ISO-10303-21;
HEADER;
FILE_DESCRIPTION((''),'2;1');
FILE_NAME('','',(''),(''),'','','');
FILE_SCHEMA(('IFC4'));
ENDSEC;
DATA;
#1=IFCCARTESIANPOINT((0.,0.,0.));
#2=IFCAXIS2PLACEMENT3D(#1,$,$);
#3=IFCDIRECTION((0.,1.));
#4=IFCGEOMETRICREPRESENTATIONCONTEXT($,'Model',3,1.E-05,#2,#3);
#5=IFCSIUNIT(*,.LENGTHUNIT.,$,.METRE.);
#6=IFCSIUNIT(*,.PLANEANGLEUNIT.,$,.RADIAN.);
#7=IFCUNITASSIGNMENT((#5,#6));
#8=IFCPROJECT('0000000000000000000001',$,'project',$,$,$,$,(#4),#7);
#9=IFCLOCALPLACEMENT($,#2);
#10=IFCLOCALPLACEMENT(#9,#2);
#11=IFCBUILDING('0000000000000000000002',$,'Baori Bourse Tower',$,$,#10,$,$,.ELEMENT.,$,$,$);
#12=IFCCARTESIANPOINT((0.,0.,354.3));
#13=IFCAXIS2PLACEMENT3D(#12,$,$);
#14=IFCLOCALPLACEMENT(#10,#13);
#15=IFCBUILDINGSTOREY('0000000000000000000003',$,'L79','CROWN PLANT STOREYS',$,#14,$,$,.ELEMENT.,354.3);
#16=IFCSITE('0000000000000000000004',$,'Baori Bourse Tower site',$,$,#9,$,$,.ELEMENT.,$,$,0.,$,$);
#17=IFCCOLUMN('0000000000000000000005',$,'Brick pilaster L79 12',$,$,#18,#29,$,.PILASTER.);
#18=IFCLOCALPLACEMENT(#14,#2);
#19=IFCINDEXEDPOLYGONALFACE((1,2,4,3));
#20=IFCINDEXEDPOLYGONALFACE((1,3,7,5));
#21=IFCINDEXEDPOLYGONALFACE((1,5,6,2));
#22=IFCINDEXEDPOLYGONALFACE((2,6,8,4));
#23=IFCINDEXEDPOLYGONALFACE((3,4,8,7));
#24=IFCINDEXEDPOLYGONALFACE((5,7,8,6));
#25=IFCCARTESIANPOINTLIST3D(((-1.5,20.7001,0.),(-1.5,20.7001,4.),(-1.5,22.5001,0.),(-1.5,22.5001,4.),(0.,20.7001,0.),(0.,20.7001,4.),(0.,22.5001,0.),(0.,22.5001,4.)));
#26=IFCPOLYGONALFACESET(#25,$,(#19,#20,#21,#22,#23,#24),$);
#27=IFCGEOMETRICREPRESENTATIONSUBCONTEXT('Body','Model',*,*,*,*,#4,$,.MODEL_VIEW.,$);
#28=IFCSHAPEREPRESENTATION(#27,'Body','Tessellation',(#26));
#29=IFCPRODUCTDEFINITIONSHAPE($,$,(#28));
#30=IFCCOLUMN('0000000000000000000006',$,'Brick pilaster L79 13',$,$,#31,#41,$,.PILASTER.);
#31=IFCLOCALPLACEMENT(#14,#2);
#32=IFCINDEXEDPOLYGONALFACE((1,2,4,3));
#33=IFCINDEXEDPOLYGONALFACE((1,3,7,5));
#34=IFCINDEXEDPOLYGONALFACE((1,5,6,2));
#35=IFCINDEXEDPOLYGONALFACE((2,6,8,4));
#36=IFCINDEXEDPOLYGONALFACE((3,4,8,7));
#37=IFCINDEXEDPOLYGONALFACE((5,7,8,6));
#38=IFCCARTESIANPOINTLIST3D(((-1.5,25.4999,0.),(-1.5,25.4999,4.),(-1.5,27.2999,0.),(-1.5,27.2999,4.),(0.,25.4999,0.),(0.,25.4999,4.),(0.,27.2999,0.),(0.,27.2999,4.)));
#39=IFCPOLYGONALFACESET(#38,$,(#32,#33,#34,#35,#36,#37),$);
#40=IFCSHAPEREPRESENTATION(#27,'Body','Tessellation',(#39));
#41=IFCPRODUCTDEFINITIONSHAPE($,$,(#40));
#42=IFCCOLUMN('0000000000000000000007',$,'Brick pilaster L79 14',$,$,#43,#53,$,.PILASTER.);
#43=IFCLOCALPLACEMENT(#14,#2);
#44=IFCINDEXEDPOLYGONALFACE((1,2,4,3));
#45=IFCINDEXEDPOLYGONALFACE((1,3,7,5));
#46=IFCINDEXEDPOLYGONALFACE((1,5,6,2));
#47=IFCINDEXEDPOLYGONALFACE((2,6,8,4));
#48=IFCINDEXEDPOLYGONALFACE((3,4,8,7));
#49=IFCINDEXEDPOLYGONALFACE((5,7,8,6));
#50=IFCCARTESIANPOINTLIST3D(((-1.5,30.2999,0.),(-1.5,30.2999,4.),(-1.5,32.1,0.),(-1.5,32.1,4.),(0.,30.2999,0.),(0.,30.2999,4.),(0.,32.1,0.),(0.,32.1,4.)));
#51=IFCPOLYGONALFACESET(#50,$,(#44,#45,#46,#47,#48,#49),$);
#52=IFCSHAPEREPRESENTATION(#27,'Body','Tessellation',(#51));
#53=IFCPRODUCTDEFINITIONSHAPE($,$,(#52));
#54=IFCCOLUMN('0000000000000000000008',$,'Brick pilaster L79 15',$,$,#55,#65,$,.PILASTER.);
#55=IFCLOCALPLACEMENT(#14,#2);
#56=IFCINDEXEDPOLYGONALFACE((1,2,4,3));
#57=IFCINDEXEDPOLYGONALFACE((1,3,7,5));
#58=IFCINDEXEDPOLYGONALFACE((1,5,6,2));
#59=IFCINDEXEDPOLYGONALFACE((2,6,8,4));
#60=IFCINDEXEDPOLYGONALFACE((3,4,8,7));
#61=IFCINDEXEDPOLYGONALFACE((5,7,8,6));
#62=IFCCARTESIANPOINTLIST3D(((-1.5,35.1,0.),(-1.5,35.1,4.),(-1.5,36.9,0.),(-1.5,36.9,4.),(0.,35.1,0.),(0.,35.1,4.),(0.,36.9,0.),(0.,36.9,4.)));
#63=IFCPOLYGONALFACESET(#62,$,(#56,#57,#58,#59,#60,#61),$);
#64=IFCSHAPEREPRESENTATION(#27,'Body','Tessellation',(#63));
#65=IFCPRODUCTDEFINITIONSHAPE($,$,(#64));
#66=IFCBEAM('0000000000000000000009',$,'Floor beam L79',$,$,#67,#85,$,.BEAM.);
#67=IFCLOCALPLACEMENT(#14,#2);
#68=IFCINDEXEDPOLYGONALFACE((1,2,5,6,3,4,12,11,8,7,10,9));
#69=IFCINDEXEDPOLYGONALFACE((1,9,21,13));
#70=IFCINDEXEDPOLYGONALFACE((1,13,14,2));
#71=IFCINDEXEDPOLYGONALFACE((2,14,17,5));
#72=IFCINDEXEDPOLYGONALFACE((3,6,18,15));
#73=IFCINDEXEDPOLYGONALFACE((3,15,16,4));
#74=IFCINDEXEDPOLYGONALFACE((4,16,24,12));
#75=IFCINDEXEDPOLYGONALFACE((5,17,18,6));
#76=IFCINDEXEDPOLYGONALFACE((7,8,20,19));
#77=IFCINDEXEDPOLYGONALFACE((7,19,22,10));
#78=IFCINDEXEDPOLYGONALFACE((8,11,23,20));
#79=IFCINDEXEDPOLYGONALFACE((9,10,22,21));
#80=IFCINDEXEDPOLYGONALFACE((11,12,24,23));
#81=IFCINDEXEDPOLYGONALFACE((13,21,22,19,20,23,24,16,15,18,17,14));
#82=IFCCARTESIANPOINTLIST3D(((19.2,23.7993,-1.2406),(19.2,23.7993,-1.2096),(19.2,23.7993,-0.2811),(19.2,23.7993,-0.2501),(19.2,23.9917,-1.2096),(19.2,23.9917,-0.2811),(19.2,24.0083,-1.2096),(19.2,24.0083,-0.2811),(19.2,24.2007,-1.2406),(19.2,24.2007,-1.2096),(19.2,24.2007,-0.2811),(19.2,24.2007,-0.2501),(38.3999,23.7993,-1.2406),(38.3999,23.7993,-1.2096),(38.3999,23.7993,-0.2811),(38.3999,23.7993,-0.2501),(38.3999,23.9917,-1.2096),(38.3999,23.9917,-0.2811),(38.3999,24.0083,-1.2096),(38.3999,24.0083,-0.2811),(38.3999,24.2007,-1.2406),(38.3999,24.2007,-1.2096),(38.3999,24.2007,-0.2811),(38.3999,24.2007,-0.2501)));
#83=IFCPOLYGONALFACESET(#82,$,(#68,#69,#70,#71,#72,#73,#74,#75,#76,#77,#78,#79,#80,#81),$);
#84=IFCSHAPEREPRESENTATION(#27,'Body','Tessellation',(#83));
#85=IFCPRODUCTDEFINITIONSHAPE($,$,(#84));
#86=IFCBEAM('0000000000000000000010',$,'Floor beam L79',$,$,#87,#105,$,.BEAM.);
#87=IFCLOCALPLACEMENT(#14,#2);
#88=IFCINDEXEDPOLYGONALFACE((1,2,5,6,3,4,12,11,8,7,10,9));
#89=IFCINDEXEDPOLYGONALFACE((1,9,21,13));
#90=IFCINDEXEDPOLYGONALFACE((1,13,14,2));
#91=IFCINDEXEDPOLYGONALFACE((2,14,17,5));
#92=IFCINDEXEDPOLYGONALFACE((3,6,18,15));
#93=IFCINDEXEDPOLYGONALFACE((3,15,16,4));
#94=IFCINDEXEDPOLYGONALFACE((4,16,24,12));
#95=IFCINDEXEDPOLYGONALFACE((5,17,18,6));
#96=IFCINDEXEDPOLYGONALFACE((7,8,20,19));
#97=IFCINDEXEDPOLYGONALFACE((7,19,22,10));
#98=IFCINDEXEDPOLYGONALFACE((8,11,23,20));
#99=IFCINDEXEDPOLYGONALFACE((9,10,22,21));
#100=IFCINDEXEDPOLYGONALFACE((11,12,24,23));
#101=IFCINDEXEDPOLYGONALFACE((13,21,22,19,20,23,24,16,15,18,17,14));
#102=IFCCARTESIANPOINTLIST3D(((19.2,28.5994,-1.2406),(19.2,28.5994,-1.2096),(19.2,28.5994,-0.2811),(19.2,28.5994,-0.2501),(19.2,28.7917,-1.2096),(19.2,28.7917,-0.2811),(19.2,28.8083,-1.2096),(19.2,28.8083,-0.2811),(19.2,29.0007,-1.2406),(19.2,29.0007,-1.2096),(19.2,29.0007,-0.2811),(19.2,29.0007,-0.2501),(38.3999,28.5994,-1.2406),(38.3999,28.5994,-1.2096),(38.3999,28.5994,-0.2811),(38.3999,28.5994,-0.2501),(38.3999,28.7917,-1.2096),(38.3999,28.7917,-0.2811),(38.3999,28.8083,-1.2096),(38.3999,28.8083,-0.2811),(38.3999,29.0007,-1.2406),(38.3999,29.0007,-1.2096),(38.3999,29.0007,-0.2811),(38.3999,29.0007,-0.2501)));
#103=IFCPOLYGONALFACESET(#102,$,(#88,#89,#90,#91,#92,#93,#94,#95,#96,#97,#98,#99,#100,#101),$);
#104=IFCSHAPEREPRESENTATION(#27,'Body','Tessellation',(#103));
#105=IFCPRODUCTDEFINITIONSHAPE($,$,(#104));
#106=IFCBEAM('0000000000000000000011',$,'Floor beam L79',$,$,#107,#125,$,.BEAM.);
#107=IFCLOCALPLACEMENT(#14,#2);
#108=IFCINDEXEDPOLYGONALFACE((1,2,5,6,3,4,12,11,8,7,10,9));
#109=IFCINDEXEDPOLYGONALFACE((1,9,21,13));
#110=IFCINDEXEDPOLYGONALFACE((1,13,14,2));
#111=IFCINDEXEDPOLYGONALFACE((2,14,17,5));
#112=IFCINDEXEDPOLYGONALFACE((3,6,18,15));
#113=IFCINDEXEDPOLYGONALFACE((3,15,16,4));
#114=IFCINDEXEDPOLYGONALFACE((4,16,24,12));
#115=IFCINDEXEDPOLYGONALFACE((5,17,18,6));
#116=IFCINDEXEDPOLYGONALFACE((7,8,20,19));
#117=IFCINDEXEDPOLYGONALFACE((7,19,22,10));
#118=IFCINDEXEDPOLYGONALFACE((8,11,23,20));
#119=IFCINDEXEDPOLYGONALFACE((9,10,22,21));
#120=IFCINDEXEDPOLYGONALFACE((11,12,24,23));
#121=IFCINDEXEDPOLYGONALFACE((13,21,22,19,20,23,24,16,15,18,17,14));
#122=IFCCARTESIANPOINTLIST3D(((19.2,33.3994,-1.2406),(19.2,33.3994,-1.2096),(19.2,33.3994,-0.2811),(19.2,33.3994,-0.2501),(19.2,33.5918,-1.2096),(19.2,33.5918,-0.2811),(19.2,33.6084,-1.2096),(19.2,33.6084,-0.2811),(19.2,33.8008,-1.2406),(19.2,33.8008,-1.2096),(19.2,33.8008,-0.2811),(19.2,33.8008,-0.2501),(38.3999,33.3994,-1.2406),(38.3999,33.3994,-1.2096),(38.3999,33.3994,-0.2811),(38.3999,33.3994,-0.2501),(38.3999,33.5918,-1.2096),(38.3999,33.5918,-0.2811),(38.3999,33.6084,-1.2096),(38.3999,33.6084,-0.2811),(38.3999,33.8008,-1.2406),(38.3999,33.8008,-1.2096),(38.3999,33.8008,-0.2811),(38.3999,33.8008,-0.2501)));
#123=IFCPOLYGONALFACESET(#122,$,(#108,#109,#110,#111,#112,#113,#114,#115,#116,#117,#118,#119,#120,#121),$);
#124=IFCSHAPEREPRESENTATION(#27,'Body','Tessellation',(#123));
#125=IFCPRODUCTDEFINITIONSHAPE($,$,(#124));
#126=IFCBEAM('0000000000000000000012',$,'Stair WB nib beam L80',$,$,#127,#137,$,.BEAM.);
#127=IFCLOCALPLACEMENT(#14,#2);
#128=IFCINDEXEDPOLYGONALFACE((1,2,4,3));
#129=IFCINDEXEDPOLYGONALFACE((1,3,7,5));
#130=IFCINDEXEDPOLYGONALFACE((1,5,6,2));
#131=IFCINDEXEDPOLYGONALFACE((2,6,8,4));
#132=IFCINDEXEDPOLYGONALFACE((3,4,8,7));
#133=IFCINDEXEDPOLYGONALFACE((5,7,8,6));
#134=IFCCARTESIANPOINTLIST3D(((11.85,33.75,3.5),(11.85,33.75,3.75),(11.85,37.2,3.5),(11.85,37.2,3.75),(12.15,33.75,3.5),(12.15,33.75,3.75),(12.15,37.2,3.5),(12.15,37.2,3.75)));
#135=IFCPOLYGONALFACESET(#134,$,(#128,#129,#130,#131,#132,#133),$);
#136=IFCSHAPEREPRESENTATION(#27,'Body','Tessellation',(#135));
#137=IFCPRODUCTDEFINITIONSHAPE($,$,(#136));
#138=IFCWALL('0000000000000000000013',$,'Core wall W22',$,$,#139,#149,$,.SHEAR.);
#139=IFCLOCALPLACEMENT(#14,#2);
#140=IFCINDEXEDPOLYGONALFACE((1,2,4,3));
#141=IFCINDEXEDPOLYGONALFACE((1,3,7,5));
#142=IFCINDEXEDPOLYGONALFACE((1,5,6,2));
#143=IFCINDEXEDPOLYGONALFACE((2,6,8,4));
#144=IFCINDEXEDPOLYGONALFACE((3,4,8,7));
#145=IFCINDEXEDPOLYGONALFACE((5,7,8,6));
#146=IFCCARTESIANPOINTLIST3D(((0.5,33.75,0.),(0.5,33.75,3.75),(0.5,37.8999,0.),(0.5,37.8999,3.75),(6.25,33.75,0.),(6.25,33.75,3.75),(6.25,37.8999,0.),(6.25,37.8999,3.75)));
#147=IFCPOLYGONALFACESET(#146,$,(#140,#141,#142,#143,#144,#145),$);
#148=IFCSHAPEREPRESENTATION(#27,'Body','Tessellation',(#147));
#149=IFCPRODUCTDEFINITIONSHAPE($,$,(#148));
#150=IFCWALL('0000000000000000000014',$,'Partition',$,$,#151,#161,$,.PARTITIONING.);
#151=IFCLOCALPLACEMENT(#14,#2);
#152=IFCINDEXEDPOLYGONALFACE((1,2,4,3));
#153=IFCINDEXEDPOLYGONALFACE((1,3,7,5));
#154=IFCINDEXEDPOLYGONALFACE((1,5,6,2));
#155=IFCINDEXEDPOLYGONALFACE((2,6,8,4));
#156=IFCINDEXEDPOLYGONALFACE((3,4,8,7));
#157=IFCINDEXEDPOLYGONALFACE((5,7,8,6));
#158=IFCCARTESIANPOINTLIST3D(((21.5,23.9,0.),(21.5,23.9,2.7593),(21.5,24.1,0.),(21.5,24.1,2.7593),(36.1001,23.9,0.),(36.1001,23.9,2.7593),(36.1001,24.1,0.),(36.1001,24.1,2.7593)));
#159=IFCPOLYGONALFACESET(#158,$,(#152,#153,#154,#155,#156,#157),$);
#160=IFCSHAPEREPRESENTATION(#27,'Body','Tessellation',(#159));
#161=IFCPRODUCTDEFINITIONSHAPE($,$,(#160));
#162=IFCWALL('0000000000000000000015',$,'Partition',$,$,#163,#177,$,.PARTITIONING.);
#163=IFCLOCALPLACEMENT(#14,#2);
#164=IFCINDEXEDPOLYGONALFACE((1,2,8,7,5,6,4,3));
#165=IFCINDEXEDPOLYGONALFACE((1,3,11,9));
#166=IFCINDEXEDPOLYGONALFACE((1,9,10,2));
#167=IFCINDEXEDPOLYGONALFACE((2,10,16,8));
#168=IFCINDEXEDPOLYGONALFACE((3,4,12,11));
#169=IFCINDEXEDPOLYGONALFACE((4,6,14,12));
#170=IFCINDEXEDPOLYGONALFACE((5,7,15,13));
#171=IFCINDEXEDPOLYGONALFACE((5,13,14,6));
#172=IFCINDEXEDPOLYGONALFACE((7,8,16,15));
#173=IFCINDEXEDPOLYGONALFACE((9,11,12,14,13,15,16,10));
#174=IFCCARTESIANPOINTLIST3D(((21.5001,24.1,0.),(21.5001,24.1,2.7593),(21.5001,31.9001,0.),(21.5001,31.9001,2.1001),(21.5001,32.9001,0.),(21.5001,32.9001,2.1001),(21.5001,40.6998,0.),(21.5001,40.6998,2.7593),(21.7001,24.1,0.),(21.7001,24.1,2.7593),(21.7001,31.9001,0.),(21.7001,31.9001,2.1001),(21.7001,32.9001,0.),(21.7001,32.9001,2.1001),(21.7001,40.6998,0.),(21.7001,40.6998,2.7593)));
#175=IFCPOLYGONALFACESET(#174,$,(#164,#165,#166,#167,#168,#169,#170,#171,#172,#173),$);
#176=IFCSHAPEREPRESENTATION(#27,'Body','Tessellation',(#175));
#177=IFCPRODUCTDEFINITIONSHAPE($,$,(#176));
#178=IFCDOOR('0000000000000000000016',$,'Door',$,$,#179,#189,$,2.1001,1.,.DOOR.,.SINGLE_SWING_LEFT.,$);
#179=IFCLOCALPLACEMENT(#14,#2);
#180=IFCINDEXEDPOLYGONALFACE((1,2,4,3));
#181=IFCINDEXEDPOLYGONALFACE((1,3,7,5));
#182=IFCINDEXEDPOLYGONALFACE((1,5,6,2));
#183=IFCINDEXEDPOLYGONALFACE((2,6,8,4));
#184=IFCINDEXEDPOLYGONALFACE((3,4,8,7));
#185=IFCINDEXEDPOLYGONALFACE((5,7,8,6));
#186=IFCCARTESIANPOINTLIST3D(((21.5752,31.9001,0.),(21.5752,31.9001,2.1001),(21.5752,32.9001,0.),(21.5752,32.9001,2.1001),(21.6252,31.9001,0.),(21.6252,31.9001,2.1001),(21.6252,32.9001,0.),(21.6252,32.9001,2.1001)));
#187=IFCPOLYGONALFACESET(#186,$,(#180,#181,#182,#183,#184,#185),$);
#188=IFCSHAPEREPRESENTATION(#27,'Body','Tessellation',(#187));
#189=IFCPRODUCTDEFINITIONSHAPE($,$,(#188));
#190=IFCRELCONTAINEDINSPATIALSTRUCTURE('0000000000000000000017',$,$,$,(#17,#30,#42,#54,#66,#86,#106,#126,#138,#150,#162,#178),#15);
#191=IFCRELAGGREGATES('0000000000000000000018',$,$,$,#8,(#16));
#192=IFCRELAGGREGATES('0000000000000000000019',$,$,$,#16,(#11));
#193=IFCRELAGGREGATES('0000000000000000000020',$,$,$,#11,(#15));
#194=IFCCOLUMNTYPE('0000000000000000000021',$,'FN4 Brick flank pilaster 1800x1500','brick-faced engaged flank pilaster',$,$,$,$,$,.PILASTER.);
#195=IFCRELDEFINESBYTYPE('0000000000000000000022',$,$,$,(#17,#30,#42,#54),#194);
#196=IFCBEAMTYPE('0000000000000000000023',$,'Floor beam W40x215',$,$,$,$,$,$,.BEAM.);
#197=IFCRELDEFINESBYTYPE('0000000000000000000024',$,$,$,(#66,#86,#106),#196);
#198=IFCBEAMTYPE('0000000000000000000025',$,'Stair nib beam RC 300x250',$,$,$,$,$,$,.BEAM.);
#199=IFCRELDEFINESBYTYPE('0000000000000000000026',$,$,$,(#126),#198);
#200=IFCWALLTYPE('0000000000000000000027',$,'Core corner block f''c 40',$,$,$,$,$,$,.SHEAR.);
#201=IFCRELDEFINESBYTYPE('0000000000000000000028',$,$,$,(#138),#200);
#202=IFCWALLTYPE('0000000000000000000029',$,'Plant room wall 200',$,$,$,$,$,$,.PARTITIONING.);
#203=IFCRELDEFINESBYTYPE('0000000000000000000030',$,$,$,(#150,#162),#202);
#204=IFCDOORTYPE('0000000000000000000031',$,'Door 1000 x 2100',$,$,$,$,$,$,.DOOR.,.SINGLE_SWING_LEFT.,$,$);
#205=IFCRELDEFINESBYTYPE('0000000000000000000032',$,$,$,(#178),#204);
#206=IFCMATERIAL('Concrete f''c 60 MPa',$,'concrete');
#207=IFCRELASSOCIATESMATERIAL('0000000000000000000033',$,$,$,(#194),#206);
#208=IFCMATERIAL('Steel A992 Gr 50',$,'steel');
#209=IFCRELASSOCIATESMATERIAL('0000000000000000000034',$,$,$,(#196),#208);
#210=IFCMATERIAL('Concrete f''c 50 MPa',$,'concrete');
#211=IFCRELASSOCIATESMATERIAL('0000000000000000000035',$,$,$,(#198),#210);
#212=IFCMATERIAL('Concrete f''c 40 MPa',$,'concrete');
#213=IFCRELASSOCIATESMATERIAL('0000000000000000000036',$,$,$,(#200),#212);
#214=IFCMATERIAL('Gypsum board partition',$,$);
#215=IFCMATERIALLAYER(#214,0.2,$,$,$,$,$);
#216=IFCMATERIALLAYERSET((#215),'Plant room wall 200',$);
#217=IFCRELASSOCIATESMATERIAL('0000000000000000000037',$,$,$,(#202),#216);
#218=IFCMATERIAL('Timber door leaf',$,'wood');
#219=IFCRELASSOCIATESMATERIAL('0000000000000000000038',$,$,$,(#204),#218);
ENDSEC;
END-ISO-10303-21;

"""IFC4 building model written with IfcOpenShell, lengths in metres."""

from ifc_helpers import new_model, si_unit, direction, frame, frame_2d, origin, origin_2d, place, context, subcontext, project, spatial, rectangle, i_section, extrude, material, layer, layer_set, material_profile, profile_set, type_object, element, fill, save


model = new_model("IFC4")

# Units and contexts
model_context = context("Model", 3, precision=1e-05, world=origin(), true_north=direction((0.0, 1.0)))
body_context = subcontext(model_context, "Body", "Model", "MODEL_VIEW")
ifc_project = project(units=[si_unit("LENGTHUNIT", "METRE"), si_unit("PLANEANGLEUNIT", "RADIAN")], contexts=[model_context])

# Site, building, storey
site_placement = place(None, origin())
site = spatial("IfcSite", under=ifc_project, at=site_placement, Name="Baori Bourse Tower site", CompositionType="ELEMENT", RefElevation=0.0)
building_placement = place(site_placement, origin())
building = spatial("IfcBuilding", under=site, at=building_placement, Name="Baori Bourse Tower", CompositionType="ELEMENT")
storey_placement = place(building_placement, frame((0.0, 0.0, 354.3)))
storey = spatial("IfcBuildingStorey", under=building, at=storey_placement, Name="L79", Description="CROWN PLANT STOREYS", CompositionType="ELEMENT", Elevation=354.3)

# Columns
ifc_material_1 = material(Name="Concrete f'c 60 MPa", Category="concrete")
ifc_material_profile_1 = material_profile(ifc_material_1, rectangle(XDim=1.8, YDim=1.5, at=origin_2d()), Name="RC 1800x1500")
ifc_profile_set_1 = profile_set([ifc_material_profile_1], Name="Concrete f'c 60 MPa")
column_type = type_object("IfcColumnType", Name="FN4 Brick flank pilaster 1800x1500", Description="brick-faced engaged flank pilaster", PredefinedType="PILASTER", material=ifc_profile_set_1)
for number, where, z_axis, x_axis, name in (
    (1, (-0.75, 21.6001, 0.0), (0.0, 0.0, 1.0), (0.0, 1.0, 0.0), "Brick pilaster L79 12"),
    (2, (-0.75, 26.3999, 0.0), (0.0, 0.0, 1.0), (0.0, 1.0, 0.0), "Brick pilaster L79 13"),
    (3, (-0.75, 31.2, 0.0), (0.0, 0.0, 1.0), (0.0, 1.0, 0.0), "Brick pilaster L79 14"),
    (4, (-0.75, 36.0, 0.0), (0.0, 0.0, 1.0), (0.0, 1.0, 0.0), "Brick pilaster L79 15"),
):
    element("IfcColumn", number, at=place(storey_placement, frame(where, z_axis=z_axis, x_axis=x_axis)), inside=storey, type_object=column_type, Name=name, PredefinedType="PILASTER", context=body_context, shape_type="SweptSolid", body=[
        extrude(rectangle(XDim=1.8, YDim=1.5, at=origin_2d()), origin(), (0.0, 0.0, 1.0), 4.0),
    ])

# Beams
ifc_material_2 = material(Name="Steel A992 Gr 50", Category="steel")
ifc_material_profile_2 = material_profile(ifc_material_2, i_section(OverallWidth=0.4014, OverallDepth=0.9905, WebThickness=0.0166, FlangeThickness=0.031, at=origin_2d()), Name="W40x215")
ifc_profile_set_2 = profile_set([ifc_material_profile_2], Name="Steel A992 Gr 50")
beam_type_1 = type_object("IfcBeamType", Name="Floor beam W40x215", PredefinedType="BEAM", material=ifc_profile_set_2)
for number, where, z_axis, x_axis, name in (
    (5, (19.2, 24.0, -0.7454), (1.0, 0.0, 0.0), (0.0, 1.0, 0.0), "Floor beam L79"),
    (6, (19.2, 28.8, -0.7454), (1.0, 0.0, 0.0), (0.0, 1.0, 0.0), "Floor beam L79"),
    (7, (19.2, 33.6001, -0.7454), (1.0, 0.0, 0.0), (0.0, 1.0, 0.0), "Floor beam L79"),
):
    element("IfcBeam", number, at=place(storey_placement, frame(where, z_axis=z_axis, x_axis=x_axis)), inside=storey, type_object=beam_type_1, Name=name, PredefinedType="BEAM", context=body_context, shape_type="SweptSolid", body=[
        extrude(i_section(OverallWidth=0.4014, OverallDepth=0.9905, WebThickness=0.0166, FlangeThickness=0.031, at=origin_2d()), origin(), (0.0, 0.0, 1.0), 19.2),
    ])
ifc_material_3 = material(Name="Concrete f'c 50 MPa", Category="concrete")
ifc_material_profile_3 = material_profile(ifc_material_3, rectangle(XDim=0.3, YDim=0.25, at=origin_2d()), Name="RC 300x250")
ifc_profile_set_3 = profile_set([ifc_material_profile_3], Name="Concrete f'c 50 MPa")
beam_type_2 = type_object("IfcBeamType", Name="Stair nib beam RC 300x250", PredefinedType="BEAM", material=ifc_profile_set_3)
beam_placement = place(storey_placement, frame((12.0, 33.75, 3.625), z_axis=(0.0, 1.0, 0.0), x_axis=(-1.0, 0.0, 0.0)))
element("IfcBeam", 8, at=beam_placement, inside=storey, type_object=beam_type_2, Name="Stair WB nib beam L80", PredefinedType="BEAM", context=body_context, shape_type="SweptSolid", body=[
    extrude(rectangle(XDim=0.3, YDim=0.25, at=origin_2d()), origin(), (0.0, 0.0, 1.0), 3.45),
])

# Walls
ifc_material_4 = material(Name="Concrete f'c 40 MPa", Category="concrete")
wall_type_1 = type_object("IfcWallType", Name="Core corner block f'c 40", PredefinedType="SHEAR", material=ifc_material_4)
wall_1_placement = place(storey_placement, frame((0.5, 35.825, 0.0), z_axis=(0.0, 0.0, 1.0), x_axis=(1.0, 0.0, 0.0)))
element("IfcWall", 9, at=wall_1_placement, inside=storey, type_object=wall_type_1, Name="Core wall W22", PredefinedType="SHEAR", context=body_context, shape_type="SweptSolid", body=[
    extrude(rectangle(XDim=5.75, YDim=4.1499, at=frame_2d((2.875, 0.0))), origin(), (0.0, 0.0, 1.0), 3.75),
])
ifc_material_5 = material(Name="Gypsum board partition")
ifc_layer_1 = layer(ifc_material_5, 0.2)
ifc_layer_set_1 = layer_set([ifc_layer_1], Name="Plant room wall 200")
wall_type_2 = type_object("IfcWallType", Name="Plant room wall 200", PredefinedType="PARTITIONING", material=ifc_layer_set_1)
wall_2_placement = place(storey_placement, frame((21.5, 24.0, 0.0), z_axis=(0.0, 0.0, 1.0), x_axis=(1.0, 0.0, 0.0)))
element("IfcWall", 10, at=wall_2_placement, inside=storey, type_object=wall_type_2, Name="Partition", PredefinedType="PARTITIONING", context=body_context, shape_type="SweptSolid", body=[
    extrude(rectangle(XDim=14.6001, YDim=0.2, at=frame_2d((7.3, 0.0))), origin(), (0.0, 0.0, 1.0), 2.7593),
])

# Wall, opening, door
wall_3_placement = place(storey_placement, frame((21.6001, 24.1001, 0.0), z_axis=(0.0, 0.0, 1.0), x_axis=(0.0, 1.0, 0.0)))
wall_3 = element("IfcWall", 11, at=wall_3_placement, inside=storey, type_object=wall_type_2, Name="Partition", PredefinedType="PARTITIONING", context=body_context, shape_type="SweptSolid", body=[
    extrude(rectangle(XDim=16.5999, YDim=0.2, at=frame_2d((8.2998, 0.0))), origin(), (0.0, 0.0, 1.0), 2.7593),
])
opening_1_placement = place(wall_3_placement, frame((7.8, 0.0, 0.0)))
opening_1 = element("IfcOpeningElement", 12, at=opening_1_placement, cuts=wall_3, PredefinedType="OPENING", context=body_context, shape_type="SweptSolid", body=[
    extrude(rectangle(XDim=1.0, YDim=2.1001, at=frame_2d((0.5, 1.05))), frame((0.0, 0.1099, 0.0), z_axis=(0.0, -1.0, 0.0), x_axis=(1.0, 0.0, 0.0)), (0.0, 0.0, 1.0), 0.22),
])
ifc_material_6 = material(Name="Timber door leaf", Category="wood")
door_type_1 = type_object("IfcDoorType", Name="Door 1000 x 2100", OperationType="SINGLE_SWING_LEFT", PredefinedType="DOOR", material=ifc_material_6)
door_1_placement = place(opening_1_placement, origin())
door_1 = element("IfcDoor", 13, at=door_1_placement, inside=storey, type_object=door_type_1, Name="Door", OperationType="SINGLE_SWING_LEFT", OverallHeight=2.1001, OverallWidth=1.0, PredefinedType="DOOR", context=body_context, shape_type="SweptSolid", body=[
    extrude(rectangle(XDim=1.0, YDim=2.1001, at=frame_2d((0.5, 1.05))), frame((0.0, 0.0249, 0.0), z_axis=(0.0, -1.0, 0.0), x_axis=(1.0, 0.0, 0.0)), (0.0, 0.0, 1.0), 0.05),
])
fill(opening_1, door_1)

save(model, "model.ifc")
